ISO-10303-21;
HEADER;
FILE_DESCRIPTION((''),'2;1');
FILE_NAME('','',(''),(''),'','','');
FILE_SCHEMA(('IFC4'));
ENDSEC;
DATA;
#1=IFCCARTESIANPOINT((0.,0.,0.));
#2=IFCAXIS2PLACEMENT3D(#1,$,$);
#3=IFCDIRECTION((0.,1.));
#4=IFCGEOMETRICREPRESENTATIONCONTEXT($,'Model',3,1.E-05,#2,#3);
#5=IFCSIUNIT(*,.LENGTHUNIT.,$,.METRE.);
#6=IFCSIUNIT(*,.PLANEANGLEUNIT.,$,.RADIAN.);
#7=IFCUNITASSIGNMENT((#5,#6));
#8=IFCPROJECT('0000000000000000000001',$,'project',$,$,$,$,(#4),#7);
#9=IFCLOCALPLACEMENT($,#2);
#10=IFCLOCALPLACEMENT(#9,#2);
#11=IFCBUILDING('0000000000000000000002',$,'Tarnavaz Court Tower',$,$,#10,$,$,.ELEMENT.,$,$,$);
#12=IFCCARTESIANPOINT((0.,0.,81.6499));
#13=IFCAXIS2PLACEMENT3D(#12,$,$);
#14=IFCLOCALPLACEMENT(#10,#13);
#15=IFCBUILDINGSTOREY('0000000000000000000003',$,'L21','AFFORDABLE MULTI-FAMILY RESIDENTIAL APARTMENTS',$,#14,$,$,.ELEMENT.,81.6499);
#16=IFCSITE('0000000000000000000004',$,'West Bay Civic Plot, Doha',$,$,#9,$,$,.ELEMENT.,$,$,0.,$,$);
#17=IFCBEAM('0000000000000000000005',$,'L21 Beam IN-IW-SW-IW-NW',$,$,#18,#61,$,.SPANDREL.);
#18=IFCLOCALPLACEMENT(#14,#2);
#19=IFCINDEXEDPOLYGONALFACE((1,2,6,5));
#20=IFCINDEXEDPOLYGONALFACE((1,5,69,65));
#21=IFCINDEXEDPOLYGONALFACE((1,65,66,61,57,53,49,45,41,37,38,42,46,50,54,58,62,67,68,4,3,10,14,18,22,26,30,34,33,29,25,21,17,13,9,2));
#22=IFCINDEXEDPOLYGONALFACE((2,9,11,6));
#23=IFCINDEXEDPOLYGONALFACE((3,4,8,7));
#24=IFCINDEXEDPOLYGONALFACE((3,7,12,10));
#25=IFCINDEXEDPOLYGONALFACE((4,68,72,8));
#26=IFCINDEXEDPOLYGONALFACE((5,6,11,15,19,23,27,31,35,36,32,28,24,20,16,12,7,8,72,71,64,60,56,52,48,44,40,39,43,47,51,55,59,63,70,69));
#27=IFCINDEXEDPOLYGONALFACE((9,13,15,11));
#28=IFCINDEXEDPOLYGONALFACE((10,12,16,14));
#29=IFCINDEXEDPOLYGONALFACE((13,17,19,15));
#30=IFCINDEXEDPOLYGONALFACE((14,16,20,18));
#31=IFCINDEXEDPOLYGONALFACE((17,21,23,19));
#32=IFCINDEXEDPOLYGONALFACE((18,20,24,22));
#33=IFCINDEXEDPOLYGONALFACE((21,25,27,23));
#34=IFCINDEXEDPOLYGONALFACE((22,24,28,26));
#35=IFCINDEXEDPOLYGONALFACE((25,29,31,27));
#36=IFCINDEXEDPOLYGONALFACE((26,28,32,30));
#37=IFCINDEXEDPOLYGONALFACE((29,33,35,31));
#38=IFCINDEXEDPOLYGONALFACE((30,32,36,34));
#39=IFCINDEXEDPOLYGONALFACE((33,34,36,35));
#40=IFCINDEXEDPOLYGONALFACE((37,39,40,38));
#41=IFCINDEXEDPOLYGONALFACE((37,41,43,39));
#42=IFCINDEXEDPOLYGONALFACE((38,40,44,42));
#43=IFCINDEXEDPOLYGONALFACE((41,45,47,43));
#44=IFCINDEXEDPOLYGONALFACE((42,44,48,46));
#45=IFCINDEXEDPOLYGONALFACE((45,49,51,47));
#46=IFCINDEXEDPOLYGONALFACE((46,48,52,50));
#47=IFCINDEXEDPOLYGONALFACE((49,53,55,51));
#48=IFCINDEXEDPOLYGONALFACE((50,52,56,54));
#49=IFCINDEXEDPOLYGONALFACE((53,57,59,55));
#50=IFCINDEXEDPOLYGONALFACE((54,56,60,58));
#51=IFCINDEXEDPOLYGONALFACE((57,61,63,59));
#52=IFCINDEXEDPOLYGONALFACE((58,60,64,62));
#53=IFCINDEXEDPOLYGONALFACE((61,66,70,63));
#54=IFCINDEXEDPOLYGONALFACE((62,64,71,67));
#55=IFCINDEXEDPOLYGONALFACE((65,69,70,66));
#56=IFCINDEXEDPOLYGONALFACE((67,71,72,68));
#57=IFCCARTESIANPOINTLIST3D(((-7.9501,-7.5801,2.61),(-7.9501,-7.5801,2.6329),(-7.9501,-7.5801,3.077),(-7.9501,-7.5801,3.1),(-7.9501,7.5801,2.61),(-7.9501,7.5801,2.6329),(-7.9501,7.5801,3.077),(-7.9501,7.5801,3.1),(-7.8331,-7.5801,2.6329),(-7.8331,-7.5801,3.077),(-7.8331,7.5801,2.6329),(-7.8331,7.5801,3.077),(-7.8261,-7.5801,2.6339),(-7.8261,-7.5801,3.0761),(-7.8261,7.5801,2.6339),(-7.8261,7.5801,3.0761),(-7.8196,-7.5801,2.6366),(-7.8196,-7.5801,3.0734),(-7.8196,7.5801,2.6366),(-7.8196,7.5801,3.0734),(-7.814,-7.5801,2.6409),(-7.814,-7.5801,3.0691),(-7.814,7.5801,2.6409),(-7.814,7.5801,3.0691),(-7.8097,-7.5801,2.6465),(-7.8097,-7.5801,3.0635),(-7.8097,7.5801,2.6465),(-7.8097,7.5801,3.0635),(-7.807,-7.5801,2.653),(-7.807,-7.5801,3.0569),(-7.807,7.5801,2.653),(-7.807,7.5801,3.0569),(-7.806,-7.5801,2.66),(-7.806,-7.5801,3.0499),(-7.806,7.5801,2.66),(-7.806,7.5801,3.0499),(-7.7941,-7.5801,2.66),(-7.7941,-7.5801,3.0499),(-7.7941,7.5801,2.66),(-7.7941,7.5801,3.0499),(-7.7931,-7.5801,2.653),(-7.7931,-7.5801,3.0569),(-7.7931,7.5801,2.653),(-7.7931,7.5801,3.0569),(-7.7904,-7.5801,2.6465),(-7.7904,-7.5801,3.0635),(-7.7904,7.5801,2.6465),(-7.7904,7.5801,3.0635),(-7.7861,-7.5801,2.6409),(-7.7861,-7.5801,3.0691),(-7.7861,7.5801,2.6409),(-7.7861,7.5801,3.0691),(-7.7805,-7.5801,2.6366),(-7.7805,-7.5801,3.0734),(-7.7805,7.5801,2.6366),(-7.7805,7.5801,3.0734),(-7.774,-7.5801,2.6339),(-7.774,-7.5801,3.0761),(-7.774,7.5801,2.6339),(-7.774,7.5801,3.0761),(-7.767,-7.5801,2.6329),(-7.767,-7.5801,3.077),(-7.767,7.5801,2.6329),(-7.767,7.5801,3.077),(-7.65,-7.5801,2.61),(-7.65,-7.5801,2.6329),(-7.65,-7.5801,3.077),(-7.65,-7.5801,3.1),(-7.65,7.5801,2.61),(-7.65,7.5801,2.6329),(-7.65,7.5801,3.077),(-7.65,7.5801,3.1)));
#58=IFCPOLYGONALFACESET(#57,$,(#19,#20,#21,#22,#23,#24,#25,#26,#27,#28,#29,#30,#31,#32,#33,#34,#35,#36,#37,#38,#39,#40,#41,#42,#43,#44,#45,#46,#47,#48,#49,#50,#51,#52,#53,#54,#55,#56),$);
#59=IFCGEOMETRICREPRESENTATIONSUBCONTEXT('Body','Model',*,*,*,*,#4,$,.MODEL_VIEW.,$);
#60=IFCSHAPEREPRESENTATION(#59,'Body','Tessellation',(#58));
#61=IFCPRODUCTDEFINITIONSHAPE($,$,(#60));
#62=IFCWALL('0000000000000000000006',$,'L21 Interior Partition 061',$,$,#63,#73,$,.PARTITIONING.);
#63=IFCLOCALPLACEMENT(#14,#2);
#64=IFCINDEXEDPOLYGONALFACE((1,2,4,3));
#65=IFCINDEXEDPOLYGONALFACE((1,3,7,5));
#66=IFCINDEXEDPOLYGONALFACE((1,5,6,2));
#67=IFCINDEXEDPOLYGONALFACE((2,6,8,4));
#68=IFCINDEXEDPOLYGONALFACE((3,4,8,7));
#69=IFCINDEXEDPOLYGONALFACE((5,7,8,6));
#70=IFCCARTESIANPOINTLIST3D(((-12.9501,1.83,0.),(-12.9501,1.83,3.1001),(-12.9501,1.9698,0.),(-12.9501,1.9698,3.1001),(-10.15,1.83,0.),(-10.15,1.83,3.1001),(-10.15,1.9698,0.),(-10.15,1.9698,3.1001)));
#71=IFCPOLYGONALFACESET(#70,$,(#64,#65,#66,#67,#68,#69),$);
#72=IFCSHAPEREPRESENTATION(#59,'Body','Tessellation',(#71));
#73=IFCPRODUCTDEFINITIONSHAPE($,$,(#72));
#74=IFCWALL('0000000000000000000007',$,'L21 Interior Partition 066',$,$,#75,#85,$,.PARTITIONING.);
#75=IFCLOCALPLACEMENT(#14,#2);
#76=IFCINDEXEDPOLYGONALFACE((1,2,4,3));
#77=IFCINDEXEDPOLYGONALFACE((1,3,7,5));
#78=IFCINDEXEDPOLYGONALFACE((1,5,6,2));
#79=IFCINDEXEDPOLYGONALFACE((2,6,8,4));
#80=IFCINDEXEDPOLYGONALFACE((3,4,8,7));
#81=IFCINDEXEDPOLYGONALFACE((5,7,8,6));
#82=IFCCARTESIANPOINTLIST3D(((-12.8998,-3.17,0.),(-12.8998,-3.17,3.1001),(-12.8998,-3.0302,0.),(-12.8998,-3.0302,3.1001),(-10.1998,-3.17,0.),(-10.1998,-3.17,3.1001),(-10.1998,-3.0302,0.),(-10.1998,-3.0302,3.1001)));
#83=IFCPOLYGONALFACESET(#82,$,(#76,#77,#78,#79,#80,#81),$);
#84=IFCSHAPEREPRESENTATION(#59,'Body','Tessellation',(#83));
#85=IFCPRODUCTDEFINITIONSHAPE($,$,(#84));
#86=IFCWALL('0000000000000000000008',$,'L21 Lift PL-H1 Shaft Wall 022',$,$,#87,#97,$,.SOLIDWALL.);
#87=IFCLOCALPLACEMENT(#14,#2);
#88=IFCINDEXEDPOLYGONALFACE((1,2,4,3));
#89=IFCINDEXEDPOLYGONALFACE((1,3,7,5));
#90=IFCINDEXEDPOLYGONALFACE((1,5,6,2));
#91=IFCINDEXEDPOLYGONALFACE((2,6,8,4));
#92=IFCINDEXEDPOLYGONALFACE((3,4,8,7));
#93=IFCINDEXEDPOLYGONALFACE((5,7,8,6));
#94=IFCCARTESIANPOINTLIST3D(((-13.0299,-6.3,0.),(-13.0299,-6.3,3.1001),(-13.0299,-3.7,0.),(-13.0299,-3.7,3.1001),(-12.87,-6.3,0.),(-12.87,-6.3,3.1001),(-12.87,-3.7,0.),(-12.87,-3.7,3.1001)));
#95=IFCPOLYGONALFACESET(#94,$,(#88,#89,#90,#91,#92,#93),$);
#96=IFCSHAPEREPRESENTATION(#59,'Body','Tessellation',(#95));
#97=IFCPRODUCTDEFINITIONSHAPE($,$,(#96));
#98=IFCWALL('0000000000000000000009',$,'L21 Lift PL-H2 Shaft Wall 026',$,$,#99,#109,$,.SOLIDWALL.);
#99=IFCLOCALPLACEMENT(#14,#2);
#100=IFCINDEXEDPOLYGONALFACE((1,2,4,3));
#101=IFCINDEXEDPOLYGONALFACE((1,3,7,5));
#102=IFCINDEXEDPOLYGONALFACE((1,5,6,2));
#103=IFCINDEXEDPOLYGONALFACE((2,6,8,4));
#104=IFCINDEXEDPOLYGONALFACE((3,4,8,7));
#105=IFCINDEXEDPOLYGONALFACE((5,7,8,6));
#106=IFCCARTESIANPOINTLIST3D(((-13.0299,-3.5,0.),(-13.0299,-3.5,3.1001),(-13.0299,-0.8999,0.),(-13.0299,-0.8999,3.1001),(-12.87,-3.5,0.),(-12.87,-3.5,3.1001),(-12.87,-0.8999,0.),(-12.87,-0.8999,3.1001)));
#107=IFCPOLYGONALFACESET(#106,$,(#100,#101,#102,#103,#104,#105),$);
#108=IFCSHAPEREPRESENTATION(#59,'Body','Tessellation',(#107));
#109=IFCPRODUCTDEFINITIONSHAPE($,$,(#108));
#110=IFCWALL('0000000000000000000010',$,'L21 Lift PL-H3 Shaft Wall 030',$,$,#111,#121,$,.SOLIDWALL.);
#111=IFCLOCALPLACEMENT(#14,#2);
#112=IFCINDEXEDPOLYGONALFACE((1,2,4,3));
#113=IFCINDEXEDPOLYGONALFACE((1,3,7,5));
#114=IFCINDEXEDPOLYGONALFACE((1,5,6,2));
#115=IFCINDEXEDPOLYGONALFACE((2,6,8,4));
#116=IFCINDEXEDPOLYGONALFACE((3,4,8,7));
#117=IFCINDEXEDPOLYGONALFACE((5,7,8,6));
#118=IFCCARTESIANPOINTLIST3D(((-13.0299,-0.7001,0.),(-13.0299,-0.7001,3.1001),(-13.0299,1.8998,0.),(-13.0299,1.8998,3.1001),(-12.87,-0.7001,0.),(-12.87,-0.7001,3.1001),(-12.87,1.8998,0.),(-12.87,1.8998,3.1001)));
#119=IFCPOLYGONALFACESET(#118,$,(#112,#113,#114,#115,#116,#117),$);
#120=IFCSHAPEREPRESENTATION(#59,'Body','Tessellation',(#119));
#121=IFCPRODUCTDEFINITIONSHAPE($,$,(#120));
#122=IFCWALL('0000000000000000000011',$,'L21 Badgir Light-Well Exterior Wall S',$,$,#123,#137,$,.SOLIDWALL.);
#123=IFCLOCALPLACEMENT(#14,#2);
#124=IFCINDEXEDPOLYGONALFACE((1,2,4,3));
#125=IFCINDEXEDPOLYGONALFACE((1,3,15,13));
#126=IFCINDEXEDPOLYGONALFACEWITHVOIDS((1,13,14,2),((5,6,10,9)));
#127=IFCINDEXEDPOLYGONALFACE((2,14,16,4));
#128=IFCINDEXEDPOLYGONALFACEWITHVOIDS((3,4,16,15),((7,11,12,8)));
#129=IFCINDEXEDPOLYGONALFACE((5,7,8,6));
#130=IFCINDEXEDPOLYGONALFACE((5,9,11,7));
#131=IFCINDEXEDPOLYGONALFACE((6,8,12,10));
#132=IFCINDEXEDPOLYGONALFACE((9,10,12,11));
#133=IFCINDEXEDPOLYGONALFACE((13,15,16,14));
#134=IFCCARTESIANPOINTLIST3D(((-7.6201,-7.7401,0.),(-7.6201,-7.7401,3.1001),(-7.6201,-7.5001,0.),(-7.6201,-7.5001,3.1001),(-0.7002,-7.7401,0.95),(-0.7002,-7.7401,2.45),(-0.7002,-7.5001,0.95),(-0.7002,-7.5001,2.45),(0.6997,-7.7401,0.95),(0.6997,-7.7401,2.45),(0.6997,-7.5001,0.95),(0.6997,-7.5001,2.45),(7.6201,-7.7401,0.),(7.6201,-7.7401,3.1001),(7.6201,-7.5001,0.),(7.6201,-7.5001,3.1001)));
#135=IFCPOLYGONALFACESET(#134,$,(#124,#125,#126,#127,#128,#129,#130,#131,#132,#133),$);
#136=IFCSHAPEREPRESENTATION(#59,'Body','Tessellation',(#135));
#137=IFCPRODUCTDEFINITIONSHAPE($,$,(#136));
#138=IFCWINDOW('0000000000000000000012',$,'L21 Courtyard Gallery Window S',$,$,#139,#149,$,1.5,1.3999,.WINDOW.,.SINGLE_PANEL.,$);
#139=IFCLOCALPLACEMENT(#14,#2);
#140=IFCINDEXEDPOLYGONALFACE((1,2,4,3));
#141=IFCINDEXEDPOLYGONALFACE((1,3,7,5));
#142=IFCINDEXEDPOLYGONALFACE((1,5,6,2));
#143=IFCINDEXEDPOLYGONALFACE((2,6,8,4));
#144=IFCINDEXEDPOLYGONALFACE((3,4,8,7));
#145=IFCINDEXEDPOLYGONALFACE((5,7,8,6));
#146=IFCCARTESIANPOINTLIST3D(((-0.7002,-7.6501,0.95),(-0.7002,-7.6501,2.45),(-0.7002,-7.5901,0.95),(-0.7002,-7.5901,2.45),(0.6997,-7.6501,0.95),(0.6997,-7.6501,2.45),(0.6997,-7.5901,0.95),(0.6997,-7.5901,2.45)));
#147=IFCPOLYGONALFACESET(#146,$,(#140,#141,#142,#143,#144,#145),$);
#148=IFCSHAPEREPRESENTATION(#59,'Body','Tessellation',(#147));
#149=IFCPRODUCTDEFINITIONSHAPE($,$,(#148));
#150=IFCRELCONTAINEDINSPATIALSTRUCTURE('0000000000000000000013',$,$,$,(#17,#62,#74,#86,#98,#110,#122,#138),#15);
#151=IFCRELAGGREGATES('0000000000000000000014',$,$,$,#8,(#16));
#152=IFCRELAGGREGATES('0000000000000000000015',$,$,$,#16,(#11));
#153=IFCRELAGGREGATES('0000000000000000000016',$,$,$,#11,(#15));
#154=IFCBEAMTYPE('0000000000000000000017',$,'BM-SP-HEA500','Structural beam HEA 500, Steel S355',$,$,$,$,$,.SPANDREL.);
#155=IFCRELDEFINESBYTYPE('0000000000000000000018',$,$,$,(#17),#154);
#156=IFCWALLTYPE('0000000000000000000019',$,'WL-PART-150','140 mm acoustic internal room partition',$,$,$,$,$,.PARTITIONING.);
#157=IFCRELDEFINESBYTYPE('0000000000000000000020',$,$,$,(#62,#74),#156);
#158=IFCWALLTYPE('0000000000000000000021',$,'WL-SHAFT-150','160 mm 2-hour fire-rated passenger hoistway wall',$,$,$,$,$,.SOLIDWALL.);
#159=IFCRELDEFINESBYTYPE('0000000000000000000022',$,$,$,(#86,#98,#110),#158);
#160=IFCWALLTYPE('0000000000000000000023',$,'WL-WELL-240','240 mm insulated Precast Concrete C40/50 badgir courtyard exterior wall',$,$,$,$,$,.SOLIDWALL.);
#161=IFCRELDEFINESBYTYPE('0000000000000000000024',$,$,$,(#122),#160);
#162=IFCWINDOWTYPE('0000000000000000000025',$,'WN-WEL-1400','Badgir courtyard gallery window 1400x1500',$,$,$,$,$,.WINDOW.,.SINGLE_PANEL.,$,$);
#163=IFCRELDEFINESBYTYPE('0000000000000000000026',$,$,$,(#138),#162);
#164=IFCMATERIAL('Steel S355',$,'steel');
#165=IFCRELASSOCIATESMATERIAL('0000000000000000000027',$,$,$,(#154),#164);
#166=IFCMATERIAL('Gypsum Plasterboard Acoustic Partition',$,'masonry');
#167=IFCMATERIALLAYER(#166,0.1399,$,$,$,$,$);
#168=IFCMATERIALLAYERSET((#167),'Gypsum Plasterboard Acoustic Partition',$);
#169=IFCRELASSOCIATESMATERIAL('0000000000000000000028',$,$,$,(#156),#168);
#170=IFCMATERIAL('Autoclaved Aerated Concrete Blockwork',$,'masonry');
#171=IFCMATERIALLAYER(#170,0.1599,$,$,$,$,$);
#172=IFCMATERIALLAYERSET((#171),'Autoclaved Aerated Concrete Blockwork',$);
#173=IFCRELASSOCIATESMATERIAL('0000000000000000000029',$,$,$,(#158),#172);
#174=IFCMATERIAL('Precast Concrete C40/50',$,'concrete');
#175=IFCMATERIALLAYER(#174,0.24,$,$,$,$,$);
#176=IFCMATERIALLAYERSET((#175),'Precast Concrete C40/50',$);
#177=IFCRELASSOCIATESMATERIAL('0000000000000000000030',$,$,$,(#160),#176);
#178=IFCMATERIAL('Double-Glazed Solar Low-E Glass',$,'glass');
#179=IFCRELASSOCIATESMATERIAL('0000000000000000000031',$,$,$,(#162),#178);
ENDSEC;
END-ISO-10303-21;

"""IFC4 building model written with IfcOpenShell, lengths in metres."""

from ifc_helpers import new_model, si_unit, direction, frame, frame_2d, origin, origin_2d, place, context, subcontext, project, spatial, rectangle, i_section, extrude, material, layer, layer_set, material_profile, profile_set, type_object, element, fill, save


model = new_model("IFC4")

# Units and contexts
model_context = context("Model", 3, precision=1e-05, world=origin(), true_north=direction((0.0, 1.0)))
body_context = subcontext(model_context, "Body", "Model", "MODEL_VIEW")
ifc_project = project(units=[si_unit("LENGTHUNIT", "METRE"), si_unit("PLANEANGLEUNIT", "RADIAN")], contexts=[model_context])

# Site, building, storey
site_placement = place(None, origin())
site = spatial("IfcSite", under=ifc_project, at=site_placement, Name="West Bay Civic Plot, Doha", CompositionType="ELEMENT", RefElevation=0.0)
building_placement = place(site_placement, origin())
building = spatial("IfcBuilding", under=site, at=building_placement, Name="Tarnavaz Court Tower", CompositionType="ELEMENT")
storey_placement = place(building_placement, frame((0.0, 0.0, 81.6499)))
storey = spatial("IfcBuildingStorey", under=building, at=storey_placement, Name="L21", Description="AFFORDABLE MULTI-FAMILY RESIDENTIAL APARTMENTS", CompositionType="ELEMENT", Elevation=81.6499)

# Beam
ifc_material_1 = material(Name="Steel S355", Category="steel")
ifc_material_profile_1 = material_profile(ifc_material_1, i_section(OverallWidth=0.3, OverallDepth=0.49, WebThickness=0.012, FlangeThickness=0.0229, FilletRadius=0.0271, at=origin_2d()), Name="HEA 500")
ifc_profile_set_1 = profile_set([ifc_material_profile_1], Name="Steel S355")
beam_type_1 = type_object("IfcBeamType", Name="BM-SP-HEA500", Description="Structural beam HEA 500, Steel S355", PredefinedType="SPANDREL", material=ifc_profile_set_1)
for number, where, z_axis, x_axis, name in (
    (1, (-7.8, -7.5801, 2.855), (0.0, 1.0, 0.0), (-1.0, 0.0, 0.0), "L21 Beam IN-IW-SW-IW-NW"),
):
    element("IfcBeam", number, at=place(storey_placement, frame(where, z_axis=z_axis, x_axis=x_axis)), inside=storey, type_object=beam_type_1, Name=name, PredefinedType="SPANDREL", context=body_context, shape_type="SweptSolid", body=[
        extrude(i_section(OverallWidth=0.3, OverallDepth=0.49, WebThickness=0.012, FlangeThickness=0.0229, FilletRadius=0.0271, at=origin_2d()), origin(), (0.0, 0.0, 1.0), 15.1602),
    ])

# Wall
ifc_material_2 = material(Name="Gypsum Plasterboard Acoustic Partition", Category="masonry")
ifc_layer_1 = layer(ifc_material_2, 0.1399)
ifc_layer_set_1 = layer_set([ifc_layer_1], Name="Gypsum Plasterboard Acoustic Partition")
wall_type_1 = type_object("IfcWallType", Name="WL-PART-150", Description="140 mm acoustic internal room partition", PredefinedType="PARTITIONING", material=ifc_layer_set_1)
wall_1_placement = place(storey_placement, frame((-12.95, 1.8999, 0.0), z_axis=(0.0, 0.0, 1.0), x_axis=(1.0, 0.0, 0.0)))
element("IfcWall", 2, at=wall_1_placement, inside=storey, type_object=wall_type_1, Name="L21 Interior Partition 061", PredefinedType="PARTITIONING", context=body_context, shape_type="SweptSolid", body=[
    extrude(rectangle(XDim=2.8, YDim=0.1399, at=frame_2d((1.3999, 0.0))), origin(), (0.0, 0.0, 1.0), 3.1001),
])

# Walls
wall_2_placement = place(storey_placement, frame((-12.8999, -3.1001, 0.0), z_axis=(0.0, 0.0, 1.0), x_axis=(1.0, 0.0, 0.0)))
element("IfcWall", 3, at=wall_2_placement, inside=storey, type_object=wall_type_1, Name="L21 Interior Partition 066", PredefinedType="PARTITIONING", context=body_context, shape_type="SweptSolid", body=[
    extrude(rectangle(XDim=2.7, YDim=0.1399, at=frame_2d((1.3501, 0.0))), origin(), (0.0, 0.0, 1.0), 3.1001),
])
ifc_material_3 = material(Name="Autoclaved Aerated Concrete Blockwork", Category="masonry")
ifc_layer_2 = layer(ifc_material_3, 0.1599)
ifc_layer_set_2 = layer_set([ifc_layer_2], Name="Autoclaved Aerated Concrete Blockwork")
wall_type_2 = type_object("IfcWallType", Name="WL-SHAFT-150", Description="160 mm 2-hour fire-rated passenger hoistway wall", PredefinedType="SOLIDWALL", material=ifc_layer_set_2)
for number, where, z_axis, x_axis, name in (
    (4, (-12.95, -6.3, 0.0), (0.0, 0.0, 1.0), (0.0, 1.0, 0.0), "L21 Lift PL-H1 Shaft Wall 022"),
    (5, (-12.95, -3.5, 0.0), (0.0, 0.0, 1.0), (0.0, 1.0, 0.0), "L21 Lift PL-H2 Shaft Wall 026"),
):
    element("IfcWall", number, at=place(storey_placement, frame(where, z_axis=z_axis, x_axis=x_axis)), inside=storey, type_object=wall_type_2, Name=name, PredefinedType="SOLIDWALL", context=body_context, shape_type="SweptSolid", body=[
        extrude(rectangle(XDim=2.6001, YDim=0.1599, at=frame_2d((1.3, 0.0))), origin(), (0.0, 0.0, 1.0), 3.1001),
    ])
wall_3_placement = place(storey_placement, frame((-12.95, -0.7, 0.0), z_axis=(0.0, 0.0, 1.0), x_axis=(0.0, 1.0, 0.0)))
element("IfcWall", 6, at=wall_3_placement, inside=storey, type_object=wall_type_2, Name="L21 Lift PL-H3 Shaft Wall 030", PredefinedType="SOLIDWALL", context=body_context, shape_type="SweptSolid", body=[
    extrude(rectangle(XDim=2.5999, YDim=0.1599, at=frame_2d((1.2998, 0.0))), origin(), (0.0, 0.0, 1.0), 3.1001),
])

# Wall, opening, window
ifc_material_4 = material(Name="Precast Concrete C40/50", Category="concrete")
ifc_layer_3 = layer(ifc_material_4, 0.24)
ifc_layer_set_3 = layer_set([ifc_layer_3], Name="Precast Concrete C40/50")
wall_type_3 = type_object("IfcWallType", Name="WL-WELL-240", Description="240 mm insulated Precast Concrete C40/50 badgir courtyard exterior wall", PredefinedType="SOLIDWALL", material=ifc_layer_set_3)
wall_4_placement = place(storey_placement, frame((-7.6201, -7.6201, 0.0), z_axis=(0.0, 0.0, 1.0), x_axis=(1.0, 0.0, 0.0)))
wall_4 = element("IfcWall", 7, at=wall_4_placement, inside=storey, type_object=wall_type_3, Name="L21 Badgir Light-Well Exterior Wall S", PredefinedType="SOLIDWALL", context=body_context, shape_type="SweptSolid", body=[
    extrude(rectangle(XDim=15.2402, YDim=0.24, at=frame_2d((7.6201, 0.0))), origin(), (0.0, 0.0, 1.0), 3.1001),
])
opening_1_placement = place(wall_4_placement, frame((6.9199, 0.0, 0.95)))
opening_1 = element("IfcOpeningElement", 8, at=opening_1_placement, cuts=wall_4, PredefinedType="OPENING", context=body_context, shape_type="SweptSolid", body=[
    extrude(rectangle(XDim=1.3999, YDim=1.5, at=frame_2d((0.7, 0.75))), frame((0.0, 0.1299, 0.0), z_axis=(0.0, -1.0, 0.0), x_axis=(1.0, 0.0, 0.0)), (0.0, 0.0, 1.0), 0.26),
])
ifc_material_5 = material(Name="Double-Glazed Solar Low-E Glass", Category="glass")
window_type = type_object("IfcWindowType", Name="WN-WEL-1400", Description="Badgir courtyard gallery window 1400x1500", PartitioningType="SINGLE_PANEL", PredefinedType="WINDOW", material=ifc_material_5)
window_placement = place(opening_1_placement, origin())
window = element("IfcWindow", 9, at=window_placement, inside=storey, type_object=window_type, Name="L21 Courtyard Gallery Window S", OverallHeight=1.5, OverallWidth=1.3999, PartitioningType="SINGLE_PANEL", PredefinedType="WINDOW", context=body_context, shape_type="SweptSolid", body=[
    extrude(rectangle(XDim=1.3999, YDim=1.5, at=frame_2d((0.7, 0.75))), frame((0.0, 0.03, 0.0), z_axis=(0.0, -1.0, 0.0), x_axis=(1.0, 0.0, 0.0)), (0.0, 0.0, 1.0), 0.0601),
])
fill(opening_1, window)

save(model, "model.ifc")
